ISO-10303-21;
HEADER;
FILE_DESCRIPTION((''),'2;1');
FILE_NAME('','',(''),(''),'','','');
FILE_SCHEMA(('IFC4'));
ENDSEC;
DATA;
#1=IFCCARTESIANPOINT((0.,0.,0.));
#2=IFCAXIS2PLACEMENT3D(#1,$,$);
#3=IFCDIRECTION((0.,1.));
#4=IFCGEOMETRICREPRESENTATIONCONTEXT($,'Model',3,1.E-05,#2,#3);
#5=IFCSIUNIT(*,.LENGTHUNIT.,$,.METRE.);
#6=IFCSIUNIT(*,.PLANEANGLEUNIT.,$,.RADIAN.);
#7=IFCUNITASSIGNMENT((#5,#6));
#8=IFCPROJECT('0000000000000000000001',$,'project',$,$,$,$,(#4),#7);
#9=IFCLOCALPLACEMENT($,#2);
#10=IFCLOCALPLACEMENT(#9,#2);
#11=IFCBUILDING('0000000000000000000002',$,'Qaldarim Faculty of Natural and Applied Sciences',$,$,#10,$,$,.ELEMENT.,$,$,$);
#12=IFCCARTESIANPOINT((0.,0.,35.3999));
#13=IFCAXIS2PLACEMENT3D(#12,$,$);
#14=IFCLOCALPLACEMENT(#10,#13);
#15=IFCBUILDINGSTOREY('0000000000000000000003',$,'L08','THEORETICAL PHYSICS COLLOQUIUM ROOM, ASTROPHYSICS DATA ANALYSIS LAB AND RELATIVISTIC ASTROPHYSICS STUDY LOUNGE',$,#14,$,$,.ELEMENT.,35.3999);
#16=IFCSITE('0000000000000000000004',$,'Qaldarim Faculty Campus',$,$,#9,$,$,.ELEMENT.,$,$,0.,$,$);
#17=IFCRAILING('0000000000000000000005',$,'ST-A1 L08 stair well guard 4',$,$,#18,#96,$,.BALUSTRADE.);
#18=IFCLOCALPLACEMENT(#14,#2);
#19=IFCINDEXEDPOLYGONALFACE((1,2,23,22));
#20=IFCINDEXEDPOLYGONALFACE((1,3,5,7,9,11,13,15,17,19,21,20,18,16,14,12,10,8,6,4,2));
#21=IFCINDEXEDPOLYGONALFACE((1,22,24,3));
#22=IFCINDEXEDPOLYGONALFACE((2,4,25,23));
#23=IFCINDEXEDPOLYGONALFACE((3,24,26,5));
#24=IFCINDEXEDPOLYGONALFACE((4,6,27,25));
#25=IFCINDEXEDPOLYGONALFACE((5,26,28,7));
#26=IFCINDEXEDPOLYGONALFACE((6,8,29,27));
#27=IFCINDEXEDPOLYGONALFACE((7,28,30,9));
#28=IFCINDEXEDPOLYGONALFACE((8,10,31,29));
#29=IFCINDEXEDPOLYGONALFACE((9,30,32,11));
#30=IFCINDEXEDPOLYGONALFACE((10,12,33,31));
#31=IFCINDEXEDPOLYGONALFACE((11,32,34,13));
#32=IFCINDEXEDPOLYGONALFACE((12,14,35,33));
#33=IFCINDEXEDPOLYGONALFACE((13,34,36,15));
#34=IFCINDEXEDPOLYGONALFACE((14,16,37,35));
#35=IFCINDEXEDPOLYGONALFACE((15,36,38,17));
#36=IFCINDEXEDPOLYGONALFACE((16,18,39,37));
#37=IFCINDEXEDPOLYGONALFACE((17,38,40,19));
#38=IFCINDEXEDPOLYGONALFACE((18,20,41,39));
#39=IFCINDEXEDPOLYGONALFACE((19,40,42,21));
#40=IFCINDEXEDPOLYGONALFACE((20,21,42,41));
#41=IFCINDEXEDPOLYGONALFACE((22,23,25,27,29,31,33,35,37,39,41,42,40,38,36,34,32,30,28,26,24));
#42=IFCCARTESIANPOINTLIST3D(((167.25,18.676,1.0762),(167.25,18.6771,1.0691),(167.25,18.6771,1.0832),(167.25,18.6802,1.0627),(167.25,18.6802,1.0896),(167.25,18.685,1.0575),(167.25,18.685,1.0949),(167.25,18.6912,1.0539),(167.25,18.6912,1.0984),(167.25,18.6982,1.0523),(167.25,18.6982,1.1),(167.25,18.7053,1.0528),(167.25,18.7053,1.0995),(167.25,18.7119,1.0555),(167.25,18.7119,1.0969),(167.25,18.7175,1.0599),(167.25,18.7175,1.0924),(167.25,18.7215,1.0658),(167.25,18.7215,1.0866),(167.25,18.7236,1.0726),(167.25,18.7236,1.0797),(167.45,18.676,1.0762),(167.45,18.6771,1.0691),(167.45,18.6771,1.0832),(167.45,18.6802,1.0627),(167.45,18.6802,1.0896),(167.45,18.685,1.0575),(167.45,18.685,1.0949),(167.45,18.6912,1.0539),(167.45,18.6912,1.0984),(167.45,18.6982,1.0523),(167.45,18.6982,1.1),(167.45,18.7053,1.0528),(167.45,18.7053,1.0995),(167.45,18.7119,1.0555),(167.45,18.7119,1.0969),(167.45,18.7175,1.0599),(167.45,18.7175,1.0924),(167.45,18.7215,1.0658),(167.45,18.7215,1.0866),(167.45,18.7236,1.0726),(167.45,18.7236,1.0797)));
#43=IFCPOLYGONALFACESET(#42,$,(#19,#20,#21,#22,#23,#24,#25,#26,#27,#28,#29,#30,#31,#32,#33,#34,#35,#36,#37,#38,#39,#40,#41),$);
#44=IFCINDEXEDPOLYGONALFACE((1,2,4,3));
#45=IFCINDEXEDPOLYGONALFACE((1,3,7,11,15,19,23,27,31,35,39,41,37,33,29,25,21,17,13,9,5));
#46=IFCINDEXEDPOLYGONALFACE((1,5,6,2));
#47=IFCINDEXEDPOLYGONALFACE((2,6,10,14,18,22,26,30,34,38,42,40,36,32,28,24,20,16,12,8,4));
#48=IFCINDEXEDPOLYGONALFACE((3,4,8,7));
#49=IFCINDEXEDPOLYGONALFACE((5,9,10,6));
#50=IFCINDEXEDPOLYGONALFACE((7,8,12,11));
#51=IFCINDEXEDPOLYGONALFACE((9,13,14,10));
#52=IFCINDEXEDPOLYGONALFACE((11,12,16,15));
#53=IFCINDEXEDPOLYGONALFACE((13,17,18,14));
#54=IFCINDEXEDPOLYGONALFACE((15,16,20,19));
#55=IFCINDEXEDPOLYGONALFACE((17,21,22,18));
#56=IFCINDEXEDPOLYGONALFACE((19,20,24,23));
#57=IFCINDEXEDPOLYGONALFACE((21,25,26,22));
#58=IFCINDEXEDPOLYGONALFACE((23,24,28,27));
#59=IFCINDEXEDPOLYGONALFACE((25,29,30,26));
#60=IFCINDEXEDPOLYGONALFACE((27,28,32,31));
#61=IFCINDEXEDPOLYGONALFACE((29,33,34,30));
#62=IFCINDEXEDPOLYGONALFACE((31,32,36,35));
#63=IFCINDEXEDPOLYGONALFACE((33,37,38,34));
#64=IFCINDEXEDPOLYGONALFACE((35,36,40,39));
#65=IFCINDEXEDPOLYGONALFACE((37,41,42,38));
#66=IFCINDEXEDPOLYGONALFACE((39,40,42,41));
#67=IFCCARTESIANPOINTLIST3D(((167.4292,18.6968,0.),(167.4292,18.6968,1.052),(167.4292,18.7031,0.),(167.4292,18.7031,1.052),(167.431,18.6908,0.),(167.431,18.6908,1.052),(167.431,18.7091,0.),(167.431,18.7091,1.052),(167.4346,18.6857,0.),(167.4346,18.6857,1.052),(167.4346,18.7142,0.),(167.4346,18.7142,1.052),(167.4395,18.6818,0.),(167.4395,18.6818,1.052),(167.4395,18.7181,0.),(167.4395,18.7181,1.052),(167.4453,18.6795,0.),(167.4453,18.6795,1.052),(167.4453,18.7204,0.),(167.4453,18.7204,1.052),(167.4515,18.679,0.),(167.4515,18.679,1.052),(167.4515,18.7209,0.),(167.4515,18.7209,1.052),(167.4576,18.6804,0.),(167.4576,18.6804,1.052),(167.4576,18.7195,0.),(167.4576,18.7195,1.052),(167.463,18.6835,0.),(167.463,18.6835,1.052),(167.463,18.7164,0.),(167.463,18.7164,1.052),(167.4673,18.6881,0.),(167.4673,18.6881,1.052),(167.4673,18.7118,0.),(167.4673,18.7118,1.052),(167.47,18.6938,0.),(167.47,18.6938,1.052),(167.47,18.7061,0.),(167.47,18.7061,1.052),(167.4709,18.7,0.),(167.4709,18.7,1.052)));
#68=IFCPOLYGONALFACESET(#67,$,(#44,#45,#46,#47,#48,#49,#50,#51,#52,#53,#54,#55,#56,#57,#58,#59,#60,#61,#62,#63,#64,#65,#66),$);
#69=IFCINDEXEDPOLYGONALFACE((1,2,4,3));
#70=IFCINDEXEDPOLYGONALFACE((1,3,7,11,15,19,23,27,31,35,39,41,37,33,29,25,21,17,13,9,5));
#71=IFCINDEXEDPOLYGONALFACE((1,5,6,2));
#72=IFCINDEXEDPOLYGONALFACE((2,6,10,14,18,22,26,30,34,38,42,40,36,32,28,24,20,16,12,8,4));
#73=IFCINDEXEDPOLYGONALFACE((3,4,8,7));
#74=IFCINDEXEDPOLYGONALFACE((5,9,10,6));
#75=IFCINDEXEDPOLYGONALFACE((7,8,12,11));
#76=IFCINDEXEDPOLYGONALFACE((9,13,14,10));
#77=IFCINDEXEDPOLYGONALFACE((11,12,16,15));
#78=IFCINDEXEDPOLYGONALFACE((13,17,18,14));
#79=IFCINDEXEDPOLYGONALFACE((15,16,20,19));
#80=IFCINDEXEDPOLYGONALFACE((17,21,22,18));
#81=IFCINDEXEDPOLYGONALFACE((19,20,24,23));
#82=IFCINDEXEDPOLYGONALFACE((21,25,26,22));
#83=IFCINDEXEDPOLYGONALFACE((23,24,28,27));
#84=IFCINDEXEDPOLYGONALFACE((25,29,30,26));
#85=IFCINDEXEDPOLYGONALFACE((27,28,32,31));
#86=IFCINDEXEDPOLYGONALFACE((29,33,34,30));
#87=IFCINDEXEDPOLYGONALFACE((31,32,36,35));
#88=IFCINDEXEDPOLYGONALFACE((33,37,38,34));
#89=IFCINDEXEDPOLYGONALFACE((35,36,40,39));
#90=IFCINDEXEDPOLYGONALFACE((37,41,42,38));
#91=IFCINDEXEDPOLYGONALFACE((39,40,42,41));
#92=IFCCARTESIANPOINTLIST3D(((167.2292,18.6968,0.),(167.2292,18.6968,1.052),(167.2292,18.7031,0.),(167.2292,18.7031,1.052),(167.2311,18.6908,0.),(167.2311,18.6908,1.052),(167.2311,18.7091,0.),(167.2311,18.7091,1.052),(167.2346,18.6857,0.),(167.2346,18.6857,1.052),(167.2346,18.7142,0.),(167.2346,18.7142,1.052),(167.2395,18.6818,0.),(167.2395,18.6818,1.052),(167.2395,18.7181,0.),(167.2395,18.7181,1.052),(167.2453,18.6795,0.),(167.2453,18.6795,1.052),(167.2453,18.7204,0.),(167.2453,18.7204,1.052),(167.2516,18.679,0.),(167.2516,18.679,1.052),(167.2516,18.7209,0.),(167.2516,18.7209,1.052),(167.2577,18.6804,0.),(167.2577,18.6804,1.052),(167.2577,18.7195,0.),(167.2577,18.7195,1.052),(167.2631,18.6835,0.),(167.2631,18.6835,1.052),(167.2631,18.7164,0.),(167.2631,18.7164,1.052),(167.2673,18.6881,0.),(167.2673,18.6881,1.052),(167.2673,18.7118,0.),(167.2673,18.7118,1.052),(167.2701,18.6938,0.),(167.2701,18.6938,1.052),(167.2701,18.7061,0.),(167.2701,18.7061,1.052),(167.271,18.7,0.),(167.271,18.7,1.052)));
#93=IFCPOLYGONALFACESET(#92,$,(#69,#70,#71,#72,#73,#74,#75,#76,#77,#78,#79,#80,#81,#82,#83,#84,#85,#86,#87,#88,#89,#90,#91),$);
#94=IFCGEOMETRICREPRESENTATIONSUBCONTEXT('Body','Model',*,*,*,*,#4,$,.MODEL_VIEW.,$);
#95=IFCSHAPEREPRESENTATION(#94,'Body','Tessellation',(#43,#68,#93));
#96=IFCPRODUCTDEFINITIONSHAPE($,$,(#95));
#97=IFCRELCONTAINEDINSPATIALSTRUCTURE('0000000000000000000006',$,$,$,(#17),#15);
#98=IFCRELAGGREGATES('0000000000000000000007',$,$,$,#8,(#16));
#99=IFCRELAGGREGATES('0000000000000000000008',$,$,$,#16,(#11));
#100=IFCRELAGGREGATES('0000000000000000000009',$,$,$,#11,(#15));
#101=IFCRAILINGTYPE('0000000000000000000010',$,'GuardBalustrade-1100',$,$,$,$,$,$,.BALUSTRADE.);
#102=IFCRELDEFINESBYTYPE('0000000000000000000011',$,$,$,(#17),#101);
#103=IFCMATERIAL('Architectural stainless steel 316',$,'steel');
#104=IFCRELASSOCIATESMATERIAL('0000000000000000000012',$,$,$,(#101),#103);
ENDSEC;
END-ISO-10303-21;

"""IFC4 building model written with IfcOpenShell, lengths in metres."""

from ifc_helpers import new_model, si_unit, direction, frame, origin, origin_2d, place, context, subcontext, project, spatial, circle, extrude, material, type_object, element, save


model = new_model("IFC4")

# Units and contexts
model_context = context("Model", 3, precision=1e-05, world=origin(), true_north=direction((0.0, 1.0)))
body_context = subcontext(model_context, "Body", "Model", "MODEL_VIEW")
ifc_project = project(units=[si_unit("LENGTHUNIT", "METRE"), si_unit("PLANEANGLEUNIT", "RADIAN")], contexts=[model_context])

# Site, building, storey
site_placement = place(None, origin())
site = spatial("IfcSite", under=ifc_project, at=site_placement, Name="Qaldarim Faculty Campus", CompositionType="ELEMENT", RefElevation=0.0)
building_placement = place(site_placement, origin())
building = spatial("IfcBuilding", under=site, at=building_placement, Name="Qaldarim Faculty of Natural and Applied Sciences", CompositionType="ELEMENT")
storey_placement = place(building_placement, frame((0.0, 0.0, 35.3999)))
storey = spatial("IfcBuildingStorey", under=building, at=storey_placement, Name="L08", Description="THEORETICAL PHYSICS COLLOQUIUM ROOM, ASTROPHYSICS DATA ANALYSIS LAB AND RELATIVISTIC ASTROPHYSICS STUDY LOUNGE", CompositionType="ELEMENT", Elevation=35.3999)

# Shared definitions
ifc_material_1 = material(Name="Architectural stainless steel 316", Category="steel")

# Railing
railing_type_1 = type_object("IfcRailingType", Name="GuardBalustrade-1100", PredefinedType="BALUSTRADE", material=ifc_material_1)
railing_1_placement = place(storey_placement, frame((167.45, 18.7, 0.0)))
element("IfcRailing", 1, at=railing_1_placement, inside=storey, type_object=railing_type_1, Name="ST-A1 L08 stair well guard 4", PredefinedType="BALUSTRADE", context=body_context, shape_type="SweptSolid", body=[
    extrude(circle(Radius=0.0239, at=origin_2d()), frame((0.0, 0.0, 1.0762), z_axis=(-1.0, 0.0, 0.0), x_axis=(0.0, -1.0, 0.0)), (0.0, 0.0, 1.0), 0.2),
    extrude(circle(Radius=0.021, at=origin_2d()), origin(), (0.0, 0.0, 1.0), 1.052),
    extrude(circle(Radius=0.021, at=origin_2d()), frame((-0.2, 0.0, 0.0)), (0.0, 0.0, 1.0), 1.052),
])

save(model, "model.ifc")
